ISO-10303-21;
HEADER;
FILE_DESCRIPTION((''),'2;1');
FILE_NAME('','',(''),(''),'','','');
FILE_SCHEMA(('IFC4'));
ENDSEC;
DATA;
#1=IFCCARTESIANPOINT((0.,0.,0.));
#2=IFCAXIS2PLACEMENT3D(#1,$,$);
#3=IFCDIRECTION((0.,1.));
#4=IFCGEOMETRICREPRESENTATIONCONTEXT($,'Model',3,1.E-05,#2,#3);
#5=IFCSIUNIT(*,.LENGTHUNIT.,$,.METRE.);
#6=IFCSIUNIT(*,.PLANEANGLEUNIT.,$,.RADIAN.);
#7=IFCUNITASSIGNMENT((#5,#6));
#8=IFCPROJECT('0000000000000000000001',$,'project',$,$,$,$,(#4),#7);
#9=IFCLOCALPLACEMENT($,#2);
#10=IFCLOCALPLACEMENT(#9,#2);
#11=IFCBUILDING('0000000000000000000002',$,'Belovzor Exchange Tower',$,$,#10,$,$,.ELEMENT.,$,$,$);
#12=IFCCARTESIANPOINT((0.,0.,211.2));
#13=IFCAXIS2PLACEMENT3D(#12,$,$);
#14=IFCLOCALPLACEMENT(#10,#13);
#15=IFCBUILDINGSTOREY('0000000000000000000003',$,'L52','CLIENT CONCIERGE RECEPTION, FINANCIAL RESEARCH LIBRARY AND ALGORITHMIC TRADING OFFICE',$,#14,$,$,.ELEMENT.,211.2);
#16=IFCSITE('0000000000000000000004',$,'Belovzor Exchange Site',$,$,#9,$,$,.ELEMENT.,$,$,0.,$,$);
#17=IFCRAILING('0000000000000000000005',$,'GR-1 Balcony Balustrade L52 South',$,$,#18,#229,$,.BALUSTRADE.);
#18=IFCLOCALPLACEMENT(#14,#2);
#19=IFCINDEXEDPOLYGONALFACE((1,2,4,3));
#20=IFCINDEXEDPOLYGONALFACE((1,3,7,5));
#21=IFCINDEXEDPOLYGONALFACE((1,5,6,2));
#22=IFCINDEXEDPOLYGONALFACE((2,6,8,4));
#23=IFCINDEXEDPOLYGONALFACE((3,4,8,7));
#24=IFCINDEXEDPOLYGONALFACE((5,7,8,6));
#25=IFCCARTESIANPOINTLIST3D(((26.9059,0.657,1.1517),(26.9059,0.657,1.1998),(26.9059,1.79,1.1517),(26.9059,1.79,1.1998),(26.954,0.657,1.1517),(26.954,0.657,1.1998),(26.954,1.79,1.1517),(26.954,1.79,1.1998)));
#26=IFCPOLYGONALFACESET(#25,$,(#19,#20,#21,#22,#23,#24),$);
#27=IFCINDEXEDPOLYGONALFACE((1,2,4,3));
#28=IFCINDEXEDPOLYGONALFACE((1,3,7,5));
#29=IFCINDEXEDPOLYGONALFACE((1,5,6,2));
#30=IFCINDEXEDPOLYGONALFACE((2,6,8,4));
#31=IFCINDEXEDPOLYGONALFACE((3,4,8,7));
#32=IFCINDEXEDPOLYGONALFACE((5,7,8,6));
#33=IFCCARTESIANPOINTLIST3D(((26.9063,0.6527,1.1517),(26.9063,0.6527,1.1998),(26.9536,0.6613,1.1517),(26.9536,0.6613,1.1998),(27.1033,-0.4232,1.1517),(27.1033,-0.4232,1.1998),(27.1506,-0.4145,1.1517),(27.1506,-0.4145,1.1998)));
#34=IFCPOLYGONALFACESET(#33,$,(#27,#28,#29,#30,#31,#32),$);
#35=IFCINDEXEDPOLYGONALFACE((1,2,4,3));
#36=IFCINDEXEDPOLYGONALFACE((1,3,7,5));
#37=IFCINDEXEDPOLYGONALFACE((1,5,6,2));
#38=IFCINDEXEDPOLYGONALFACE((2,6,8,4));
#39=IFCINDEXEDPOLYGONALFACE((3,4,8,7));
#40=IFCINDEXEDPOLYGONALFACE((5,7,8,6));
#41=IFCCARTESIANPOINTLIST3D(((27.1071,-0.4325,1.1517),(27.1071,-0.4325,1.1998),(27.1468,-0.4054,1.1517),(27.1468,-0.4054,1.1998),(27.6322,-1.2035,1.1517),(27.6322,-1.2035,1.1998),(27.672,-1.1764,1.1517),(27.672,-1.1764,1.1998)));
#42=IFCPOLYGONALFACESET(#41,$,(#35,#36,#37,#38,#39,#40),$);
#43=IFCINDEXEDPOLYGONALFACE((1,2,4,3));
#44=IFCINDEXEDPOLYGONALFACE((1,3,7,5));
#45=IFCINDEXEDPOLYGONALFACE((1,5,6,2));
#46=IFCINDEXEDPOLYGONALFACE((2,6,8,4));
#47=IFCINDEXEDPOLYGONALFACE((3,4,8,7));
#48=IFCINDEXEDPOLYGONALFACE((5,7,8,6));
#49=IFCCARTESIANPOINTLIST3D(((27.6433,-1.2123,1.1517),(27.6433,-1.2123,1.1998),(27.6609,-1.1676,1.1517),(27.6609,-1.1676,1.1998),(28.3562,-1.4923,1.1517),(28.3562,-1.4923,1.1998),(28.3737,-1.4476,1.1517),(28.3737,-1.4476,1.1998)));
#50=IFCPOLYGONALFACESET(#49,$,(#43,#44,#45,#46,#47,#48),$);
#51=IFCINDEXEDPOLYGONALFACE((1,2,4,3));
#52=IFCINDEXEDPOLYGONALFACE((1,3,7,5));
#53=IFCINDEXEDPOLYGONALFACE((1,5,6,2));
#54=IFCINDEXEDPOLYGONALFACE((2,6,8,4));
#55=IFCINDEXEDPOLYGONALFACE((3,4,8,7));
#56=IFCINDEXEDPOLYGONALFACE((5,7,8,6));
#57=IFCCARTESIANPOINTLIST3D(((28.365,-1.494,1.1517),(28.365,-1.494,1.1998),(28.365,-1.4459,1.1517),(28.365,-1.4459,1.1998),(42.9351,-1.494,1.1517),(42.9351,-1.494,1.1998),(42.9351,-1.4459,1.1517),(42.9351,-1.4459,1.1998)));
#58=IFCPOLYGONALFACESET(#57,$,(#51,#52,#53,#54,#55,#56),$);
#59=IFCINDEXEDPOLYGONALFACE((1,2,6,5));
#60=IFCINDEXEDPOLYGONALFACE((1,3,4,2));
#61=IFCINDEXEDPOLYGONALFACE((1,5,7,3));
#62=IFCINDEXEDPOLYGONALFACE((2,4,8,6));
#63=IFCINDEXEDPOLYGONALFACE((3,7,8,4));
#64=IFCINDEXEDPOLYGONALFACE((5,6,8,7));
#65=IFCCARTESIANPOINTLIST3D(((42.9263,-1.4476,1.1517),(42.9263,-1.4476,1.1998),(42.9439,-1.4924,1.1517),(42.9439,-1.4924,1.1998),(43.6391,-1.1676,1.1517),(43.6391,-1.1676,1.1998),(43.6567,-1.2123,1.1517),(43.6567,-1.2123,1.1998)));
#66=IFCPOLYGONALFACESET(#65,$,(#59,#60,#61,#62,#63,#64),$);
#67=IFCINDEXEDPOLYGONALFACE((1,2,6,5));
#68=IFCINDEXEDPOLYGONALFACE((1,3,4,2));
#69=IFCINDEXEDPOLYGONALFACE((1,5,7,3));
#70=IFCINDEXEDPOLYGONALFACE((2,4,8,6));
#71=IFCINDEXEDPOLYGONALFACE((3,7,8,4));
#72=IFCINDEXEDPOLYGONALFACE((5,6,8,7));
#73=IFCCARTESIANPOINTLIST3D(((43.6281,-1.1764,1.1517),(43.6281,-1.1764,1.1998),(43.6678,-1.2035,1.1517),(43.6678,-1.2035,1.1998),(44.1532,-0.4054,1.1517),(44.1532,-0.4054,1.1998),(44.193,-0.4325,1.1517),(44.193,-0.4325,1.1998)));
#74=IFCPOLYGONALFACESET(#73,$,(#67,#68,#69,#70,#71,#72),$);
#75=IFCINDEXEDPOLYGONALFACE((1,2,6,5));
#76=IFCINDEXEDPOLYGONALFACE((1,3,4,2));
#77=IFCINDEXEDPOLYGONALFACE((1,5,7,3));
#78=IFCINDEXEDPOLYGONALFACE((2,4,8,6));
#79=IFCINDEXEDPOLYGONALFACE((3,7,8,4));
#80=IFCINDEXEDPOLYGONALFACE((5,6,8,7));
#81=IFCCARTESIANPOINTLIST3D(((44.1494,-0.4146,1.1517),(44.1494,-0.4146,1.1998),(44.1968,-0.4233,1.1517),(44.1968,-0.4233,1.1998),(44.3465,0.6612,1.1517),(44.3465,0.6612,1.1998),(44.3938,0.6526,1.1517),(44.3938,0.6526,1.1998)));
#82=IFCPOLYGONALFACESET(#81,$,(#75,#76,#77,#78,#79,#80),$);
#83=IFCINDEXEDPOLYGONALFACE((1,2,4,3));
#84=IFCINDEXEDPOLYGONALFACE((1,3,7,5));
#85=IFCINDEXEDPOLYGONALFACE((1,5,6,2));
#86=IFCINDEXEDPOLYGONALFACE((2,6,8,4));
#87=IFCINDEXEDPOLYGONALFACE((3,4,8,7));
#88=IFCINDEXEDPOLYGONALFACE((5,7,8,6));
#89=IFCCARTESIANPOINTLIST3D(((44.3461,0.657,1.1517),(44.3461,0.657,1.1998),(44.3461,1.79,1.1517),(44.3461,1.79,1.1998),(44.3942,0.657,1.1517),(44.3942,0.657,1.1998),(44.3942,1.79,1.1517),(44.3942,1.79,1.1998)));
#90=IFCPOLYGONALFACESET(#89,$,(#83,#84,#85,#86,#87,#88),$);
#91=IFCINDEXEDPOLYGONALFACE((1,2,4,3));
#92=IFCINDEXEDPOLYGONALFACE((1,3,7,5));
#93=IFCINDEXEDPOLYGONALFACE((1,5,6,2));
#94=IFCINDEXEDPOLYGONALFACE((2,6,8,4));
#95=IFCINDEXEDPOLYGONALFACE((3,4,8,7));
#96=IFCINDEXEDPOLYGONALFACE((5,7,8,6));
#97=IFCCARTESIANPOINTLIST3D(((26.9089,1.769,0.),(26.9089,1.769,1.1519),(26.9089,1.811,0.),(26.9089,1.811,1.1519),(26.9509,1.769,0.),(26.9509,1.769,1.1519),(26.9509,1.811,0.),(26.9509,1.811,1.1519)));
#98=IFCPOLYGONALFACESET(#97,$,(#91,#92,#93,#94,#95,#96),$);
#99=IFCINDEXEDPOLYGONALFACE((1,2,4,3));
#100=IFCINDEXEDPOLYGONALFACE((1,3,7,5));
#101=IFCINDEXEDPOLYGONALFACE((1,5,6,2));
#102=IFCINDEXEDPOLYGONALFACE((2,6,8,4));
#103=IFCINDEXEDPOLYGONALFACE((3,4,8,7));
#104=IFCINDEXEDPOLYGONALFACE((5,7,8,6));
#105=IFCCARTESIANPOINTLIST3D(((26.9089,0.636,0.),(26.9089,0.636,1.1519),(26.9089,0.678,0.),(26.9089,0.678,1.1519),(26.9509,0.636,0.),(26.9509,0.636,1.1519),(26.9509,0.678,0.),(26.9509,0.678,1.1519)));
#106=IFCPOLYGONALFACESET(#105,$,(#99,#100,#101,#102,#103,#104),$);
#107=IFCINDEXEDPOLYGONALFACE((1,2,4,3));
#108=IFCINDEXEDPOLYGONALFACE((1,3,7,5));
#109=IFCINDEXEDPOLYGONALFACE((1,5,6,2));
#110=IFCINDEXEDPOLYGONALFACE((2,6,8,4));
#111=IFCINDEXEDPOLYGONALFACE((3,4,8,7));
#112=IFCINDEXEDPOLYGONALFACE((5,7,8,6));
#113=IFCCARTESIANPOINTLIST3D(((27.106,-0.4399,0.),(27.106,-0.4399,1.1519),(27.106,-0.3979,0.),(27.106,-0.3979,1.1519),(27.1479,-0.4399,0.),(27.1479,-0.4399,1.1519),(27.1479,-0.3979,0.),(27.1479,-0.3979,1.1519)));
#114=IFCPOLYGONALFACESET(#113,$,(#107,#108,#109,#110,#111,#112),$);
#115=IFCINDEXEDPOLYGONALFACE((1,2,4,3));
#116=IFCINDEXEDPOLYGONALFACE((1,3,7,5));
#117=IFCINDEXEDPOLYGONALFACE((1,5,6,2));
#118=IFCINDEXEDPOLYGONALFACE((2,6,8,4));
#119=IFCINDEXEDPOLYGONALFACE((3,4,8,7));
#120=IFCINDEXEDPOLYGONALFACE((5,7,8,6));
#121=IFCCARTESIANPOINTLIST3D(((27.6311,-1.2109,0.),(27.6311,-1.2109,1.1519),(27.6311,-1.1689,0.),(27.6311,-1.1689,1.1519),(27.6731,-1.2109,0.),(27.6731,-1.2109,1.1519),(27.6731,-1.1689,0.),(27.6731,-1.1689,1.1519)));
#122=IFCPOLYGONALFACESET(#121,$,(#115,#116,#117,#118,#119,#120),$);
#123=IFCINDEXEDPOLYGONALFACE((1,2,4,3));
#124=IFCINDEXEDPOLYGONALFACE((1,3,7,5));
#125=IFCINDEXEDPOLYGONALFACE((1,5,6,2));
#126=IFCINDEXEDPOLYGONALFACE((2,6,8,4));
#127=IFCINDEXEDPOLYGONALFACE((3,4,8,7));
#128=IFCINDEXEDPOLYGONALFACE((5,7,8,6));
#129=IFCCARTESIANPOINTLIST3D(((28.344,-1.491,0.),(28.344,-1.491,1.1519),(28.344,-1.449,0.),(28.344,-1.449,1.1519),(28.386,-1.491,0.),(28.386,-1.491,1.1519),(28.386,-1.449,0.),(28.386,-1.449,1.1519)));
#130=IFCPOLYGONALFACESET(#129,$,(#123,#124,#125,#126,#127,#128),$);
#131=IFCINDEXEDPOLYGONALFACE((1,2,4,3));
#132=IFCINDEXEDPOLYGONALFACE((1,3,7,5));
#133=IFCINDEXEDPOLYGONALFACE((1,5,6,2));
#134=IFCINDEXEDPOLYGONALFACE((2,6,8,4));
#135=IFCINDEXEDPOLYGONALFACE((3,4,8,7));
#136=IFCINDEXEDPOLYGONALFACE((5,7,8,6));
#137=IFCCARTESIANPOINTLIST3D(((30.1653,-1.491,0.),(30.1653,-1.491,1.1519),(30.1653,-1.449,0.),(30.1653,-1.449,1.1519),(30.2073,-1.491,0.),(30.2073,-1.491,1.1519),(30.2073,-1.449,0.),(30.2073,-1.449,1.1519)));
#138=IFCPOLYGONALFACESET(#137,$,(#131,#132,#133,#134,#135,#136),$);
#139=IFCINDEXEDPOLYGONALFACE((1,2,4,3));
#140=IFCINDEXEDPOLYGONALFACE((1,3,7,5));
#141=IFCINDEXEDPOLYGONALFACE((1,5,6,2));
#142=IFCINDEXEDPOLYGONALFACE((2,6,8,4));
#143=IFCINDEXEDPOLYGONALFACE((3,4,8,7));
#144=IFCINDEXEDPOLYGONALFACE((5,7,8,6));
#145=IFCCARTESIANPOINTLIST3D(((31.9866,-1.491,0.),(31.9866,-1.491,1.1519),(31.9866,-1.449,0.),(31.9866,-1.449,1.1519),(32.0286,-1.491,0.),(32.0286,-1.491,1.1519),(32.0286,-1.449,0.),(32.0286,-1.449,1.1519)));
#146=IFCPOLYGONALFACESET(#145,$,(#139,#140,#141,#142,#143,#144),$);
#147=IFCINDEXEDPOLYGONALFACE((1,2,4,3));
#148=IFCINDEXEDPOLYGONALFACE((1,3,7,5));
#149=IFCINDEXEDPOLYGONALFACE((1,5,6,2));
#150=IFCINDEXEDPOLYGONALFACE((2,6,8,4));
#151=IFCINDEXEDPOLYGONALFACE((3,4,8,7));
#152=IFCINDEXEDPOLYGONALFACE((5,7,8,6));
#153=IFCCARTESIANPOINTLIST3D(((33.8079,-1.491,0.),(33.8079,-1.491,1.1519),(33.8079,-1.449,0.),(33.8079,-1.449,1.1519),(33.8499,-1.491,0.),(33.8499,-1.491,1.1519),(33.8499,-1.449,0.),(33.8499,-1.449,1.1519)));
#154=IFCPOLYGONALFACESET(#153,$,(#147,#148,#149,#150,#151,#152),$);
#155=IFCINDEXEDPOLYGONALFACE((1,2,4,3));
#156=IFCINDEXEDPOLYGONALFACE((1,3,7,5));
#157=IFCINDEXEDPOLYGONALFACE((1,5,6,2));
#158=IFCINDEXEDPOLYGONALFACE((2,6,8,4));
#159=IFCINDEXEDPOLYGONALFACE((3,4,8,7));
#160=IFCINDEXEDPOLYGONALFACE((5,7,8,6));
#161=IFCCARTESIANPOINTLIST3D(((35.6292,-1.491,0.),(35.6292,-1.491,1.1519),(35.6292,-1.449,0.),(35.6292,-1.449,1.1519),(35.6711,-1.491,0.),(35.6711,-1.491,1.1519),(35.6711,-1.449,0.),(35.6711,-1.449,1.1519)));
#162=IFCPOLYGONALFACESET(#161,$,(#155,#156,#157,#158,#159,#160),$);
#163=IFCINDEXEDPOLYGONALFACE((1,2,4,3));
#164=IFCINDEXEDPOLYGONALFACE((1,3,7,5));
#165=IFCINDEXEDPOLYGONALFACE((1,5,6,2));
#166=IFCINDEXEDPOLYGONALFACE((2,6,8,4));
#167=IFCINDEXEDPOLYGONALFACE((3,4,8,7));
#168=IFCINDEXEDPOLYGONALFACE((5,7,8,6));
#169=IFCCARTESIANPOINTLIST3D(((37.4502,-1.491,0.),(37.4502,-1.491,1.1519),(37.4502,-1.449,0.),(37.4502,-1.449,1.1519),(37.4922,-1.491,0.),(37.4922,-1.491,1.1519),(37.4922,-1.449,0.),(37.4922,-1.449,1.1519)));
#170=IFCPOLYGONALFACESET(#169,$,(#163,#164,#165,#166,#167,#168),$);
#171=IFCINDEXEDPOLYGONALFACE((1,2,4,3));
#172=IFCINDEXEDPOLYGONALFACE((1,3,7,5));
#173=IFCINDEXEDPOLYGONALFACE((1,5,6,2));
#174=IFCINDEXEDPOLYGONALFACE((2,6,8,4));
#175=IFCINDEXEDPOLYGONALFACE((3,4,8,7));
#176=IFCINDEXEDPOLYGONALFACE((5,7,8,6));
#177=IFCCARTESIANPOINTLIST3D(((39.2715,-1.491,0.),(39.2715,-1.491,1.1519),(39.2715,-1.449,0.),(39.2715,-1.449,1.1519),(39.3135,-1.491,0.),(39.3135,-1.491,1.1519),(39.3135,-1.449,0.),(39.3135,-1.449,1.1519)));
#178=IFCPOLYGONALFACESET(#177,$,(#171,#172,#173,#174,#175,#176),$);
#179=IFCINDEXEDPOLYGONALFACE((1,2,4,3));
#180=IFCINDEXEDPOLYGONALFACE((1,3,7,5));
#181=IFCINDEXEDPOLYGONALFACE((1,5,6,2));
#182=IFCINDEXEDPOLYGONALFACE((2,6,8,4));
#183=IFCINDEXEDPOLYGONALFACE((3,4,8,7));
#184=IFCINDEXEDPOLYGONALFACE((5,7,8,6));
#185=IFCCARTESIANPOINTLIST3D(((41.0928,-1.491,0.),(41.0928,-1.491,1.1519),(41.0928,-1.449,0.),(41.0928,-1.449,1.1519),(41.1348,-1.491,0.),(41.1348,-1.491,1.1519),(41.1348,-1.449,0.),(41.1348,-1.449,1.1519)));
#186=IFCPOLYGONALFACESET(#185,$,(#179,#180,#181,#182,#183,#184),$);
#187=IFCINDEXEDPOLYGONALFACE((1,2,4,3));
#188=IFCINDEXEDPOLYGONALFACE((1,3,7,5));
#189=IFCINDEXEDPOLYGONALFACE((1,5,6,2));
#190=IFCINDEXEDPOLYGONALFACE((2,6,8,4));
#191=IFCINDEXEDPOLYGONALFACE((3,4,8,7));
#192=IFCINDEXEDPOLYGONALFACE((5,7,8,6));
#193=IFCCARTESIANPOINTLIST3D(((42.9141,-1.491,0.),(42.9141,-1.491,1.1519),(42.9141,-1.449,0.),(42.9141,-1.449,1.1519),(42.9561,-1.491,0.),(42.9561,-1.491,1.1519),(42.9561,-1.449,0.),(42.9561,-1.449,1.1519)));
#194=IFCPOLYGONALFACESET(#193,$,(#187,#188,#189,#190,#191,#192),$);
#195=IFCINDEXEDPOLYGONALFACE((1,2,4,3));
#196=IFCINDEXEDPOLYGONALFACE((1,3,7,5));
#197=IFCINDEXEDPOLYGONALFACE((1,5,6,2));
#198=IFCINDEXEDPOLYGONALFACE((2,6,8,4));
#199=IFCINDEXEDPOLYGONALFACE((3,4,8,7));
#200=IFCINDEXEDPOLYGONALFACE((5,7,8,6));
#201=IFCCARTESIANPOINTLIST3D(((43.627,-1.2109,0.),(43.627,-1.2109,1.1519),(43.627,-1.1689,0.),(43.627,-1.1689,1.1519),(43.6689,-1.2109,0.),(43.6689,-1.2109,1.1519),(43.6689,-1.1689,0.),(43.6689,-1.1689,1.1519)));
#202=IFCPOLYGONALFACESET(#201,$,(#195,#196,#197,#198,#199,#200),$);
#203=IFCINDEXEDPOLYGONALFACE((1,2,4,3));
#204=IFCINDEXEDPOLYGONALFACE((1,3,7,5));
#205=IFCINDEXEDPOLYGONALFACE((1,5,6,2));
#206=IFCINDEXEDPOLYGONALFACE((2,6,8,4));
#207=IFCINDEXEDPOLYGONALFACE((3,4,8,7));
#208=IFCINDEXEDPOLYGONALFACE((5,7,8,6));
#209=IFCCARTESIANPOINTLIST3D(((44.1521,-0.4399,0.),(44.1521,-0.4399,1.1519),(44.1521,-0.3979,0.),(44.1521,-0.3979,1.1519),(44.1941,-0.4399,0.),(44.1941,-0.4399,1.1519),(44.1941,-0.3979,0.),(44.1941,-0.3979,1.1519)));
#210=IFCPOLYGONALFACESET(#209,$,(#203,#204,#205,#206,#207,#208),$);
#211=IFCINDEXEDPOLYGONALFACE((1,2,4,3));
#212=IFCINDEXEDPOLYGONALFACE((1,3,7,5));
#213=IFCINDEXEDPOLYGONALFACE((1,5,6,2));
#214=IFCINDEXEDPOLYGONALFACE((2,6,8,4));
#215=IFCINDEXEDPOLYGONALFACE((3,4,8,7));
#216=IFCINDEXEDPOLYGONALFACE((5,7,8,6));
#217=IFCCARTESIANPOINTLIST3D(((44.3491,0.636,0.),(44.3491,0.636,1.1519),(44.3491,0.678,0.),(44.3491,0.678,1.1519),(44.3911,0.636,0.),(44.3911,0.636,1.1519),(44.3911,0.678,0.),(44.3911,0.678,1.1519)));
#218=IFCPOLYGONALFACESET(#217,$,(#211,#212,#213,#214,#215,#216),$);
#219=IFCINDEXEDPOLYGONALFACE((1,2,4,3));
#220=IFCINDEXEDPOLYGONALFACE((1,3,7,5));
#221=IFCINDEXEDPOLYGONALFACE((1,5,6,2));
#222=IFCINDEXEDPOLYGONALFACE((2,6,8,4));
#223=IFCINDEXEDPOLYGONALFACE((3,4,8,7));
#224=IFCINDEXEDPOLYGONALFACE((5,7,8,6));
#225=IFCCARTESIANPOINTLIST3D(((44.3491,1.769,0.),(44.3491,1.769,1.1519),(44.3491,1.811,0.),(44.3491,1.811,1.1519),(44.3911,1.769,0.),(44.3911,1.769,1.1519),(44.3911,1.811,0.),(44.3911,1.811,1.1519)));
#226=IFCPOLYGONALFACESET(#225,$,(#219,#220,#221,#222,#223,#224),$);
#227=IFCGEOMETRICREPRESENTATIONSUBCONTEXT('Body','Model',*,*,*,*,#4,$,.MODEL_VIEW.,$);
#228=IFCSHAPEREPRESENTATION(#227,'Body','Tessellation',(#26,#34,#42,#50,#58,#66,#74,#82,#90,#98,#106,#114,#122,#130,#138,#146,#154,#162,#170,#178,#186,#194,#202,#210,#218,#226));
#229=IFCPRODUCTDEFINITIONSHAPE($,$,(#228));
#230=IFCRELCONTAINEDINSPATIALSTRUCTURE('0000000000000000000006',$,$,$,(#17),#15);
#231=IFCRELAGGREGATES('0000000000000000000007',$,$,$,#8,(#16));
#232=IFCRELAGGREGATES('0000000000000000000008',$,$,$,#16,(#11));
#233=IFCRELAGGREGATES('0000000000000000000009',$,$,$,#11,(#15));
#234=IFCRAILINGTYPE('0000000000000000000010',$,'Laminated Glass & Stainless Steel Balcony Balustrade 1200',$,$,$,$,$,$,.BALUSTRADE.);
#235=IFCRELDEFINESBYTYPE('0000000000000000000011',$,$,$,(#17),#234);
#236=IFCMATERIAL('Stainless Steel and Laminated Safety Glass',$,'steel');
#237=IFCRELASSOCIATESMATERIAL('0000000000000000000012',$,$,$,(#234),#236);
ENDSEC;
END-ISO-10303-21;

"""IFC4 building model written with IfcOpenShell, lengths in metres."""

from ifc_helpers import new_model, si_unit, direction, frame, origin, origin_2d, place, context, subcontext, project, spatial, rectangle, extrude, material, type_object, element, save


model = new_model("IFC4")

# Units and contexts
model_context = context("Model", 3, precision=1e-05, world=origin(), true_north=direction((0.0, 1.0)))
body_context = subcontext(model_context, "Body", "Model", "MODEL_VIEW")
ifc_project = project(units=[si_unit("LENGTHUNIT", "METRE"), si_unit("PLANEANGLEUNIT", "RADIAN")], contexts=[model_context])

# Site, building, storey
site_placement = place(None, origin())
site = spatial("IfcSite", under=ifc_project, at=site_placement, Name="Belovzor Exchange Site", CompositionType="ELEMENT", RefElevation=0.0)
building_placement = place(site_placement, origin())
building = spatial("IfcBuilding", under=site, at=building_placement, Name="Belovzor Exchange Tower", CompositionType="ELEMENT")
storey_placement = place(building_placement, frame((0.0, 0.0, 211.2)))
storey = spatial("IfcBuildingStorey", under=building, at=storey_placement, Name="L52", Description="CLIENT CONCIERGE RECEPTION, FINANCIAL RESEARCH LIBRARY AND ALGORITHMIC TRADING OFFICE", CompositionType="ELEMENT", Elevation=211.2)

# Railing
ifc_material_1 = material(Name="Stainless Steel and Laminated Safety Glass", Category="steel")
railing_type = type_object("IfcRailingType", Name="Laminated Glass & Stainless Steel Balcony Balustrade 1200", PredefinedType="BALUSTRADE", material=ifc_material_1)
railing_placement = place(storey_placement, frame((26.9299, 1.79, 0.0)))
element("IfcRailing", 1, at=railing_placement, inside=storey, type_object=railing_type, Name="GR-1 Balcony Balustrade L52 South", PredefinedType="BALUSTRADE", context=body_context, shape_type="SweptSolid", body=[
    extrude(rectangle(XDim=0.0481, YDim=0.0481, at=origin_2d()), frame((0.0, 0.0, 1.1758), z_axis=(0.0, -1.0, 0.0), x_axis=(1.0, 0.0, 0.0)), (0.0, 0.0, 1.0), 1.1331),
    extrude(rectangle(XDim=0.0481, YDim=0.0481, at=origin_2d()), frame((0.0, -1.1331, 1.1758), z_axis=(0.180123, -0.983644, 0.0), x_axis=(0.983644, 0.180123, 0.0)), (0.0, 0.0, 1.0), 1.0938),
    extrude(rectangle(XDim=0.0481, YDim=0.0481, at=origin_2d()), frame((0.197, -2.209, 1.1758), z_axis=(0.562947, -0.826493, 0.0), x_axis=(0.826493, 0.562947, 0.0)), (0.0, 0.0, 1.0), 0.9329),
    extrude(rectangle(XDim=0.0481, YDim=0.0481, at=origin_2d()), frame((0.7222, -2.98, 1.1758), z_axis=(0.930767, -0.365613, 0.0), x_axis=(0.365613, 0.930767, 0.0)), (0.0, 0.0, 1.0), 0.7659),
    extrude(rectangle(XDim=0.0481, YDim=0.0481, at=origin_2d()), frame((1.4351, -3.26, 1.1758), z_axis=(1.0, 0.0, 0.0), x_axis=(0.0, 1.0, 0.0)), (0.0, 0.0, 1.0), 14.5701),
    extrude(rectangle(XDim=0.0481, YDim=0.0481, at=origin_2d()), frame((16.0051, -3.26, 1.1758), z_axis=(0.930767, 0.365613, 0.0), x_axis=(-0.365613, 0.930767, 0.0)), (0.0, 0.0, 1.0), 0.7659),
    extrude(rectangle(XDim=0.0481, YDim=0.0481, at=origin_2d()), frame((16.718, -2.98, 1.1758), z_axis=(0.562947, 0.826493, 0.0), x_axis=(-0.826493, 0.562947, 0.0)), (0.0, 0.0, 1.0), 0.9329),
    extrude(rectangle(XDim=0.0481, YDim=0.0481, at=origin_2d()), frame((17.2432, -2.209, 1.1758), z_axis=(0.180123, 0.983644, 0.0), x_axis=(-0.983644, 0.180123, 0.0)), (0.0, 0.0, 1.0), 1.0938),
    extrude(rectangle(XDim=0.0481, YDim=0.0481, at=origin_2d()), frame((17.4402, -1.1331, 1.1758), z_axis=(0.0, 1.0, 0.0), x_axis=(-1.0, 0.0, 0.0)), (0.0, 0.0, 1.0), 1.1331),
    extrude(rectangle(XDim=0.042, YDim=0.042, at=origin_2d()), origin(), (0.0, 0.0, 1.0), 1.1519),
    extrude(rectangle(XDim=0.042, YDim=0.042, at=origin_2d()), frame((0.0, -1.1331, 0.0)), (0.0, 0.0, 1.0), 1.1519),
    extrude(rectangle(XDim=0.042, YDim=0.042, at=origin_2d()), frame((0.197, -2.209, 0.0)), (0.0, 0.0, 1.0), 1.1519),
    extrude(rectangle(XDim=0.042, YDim=0.042, at=origin_2d()), frame((0.7222, -2.98, 0.0)), (0.0, 0.0, 1.0), 1.1519),
    extrude(rectangle(XDim=0.042, YDim=0.042, at=origin_2d()), frame((1.4351, -3.26, 0.0)), (0.0, 0.0, 1.0), 1.1519),
    extrude(rectangle(XDim=0.042, YDim=0.042, at=origin_2d()), frame((3.2563, -3.26, 0.0)), (0.0, 0.0, 1.0), 1.1519),
    extrude(rectangle(XDim=0.042, YDim=0.042, at=origin_2d()), frame((5.0776, -3.26, 0.0)), (0.0, 0.0, 1.0), 1.1519),
    extrude(rectangle(XDim=0.042, YDim=0.042, at=origin_2d()), frame((6.8989, -3.26, 0.0)), (0.0, 0.0, 1.0), 1.1519),
    extrude(rectangle(XDim=0.042, YDim=0.042, at=origin_2d()), frame((8.7202, -3.26, 0.0)), (0.0, 0.0, 1.0), 1.1519),
    extrude(rectangle(XDim=0.042, YDim=0.042, at=origin_2d()), frame((10.5413, -3.26, 0.0)), (0.0, 0.0, 1.0), 1.1519),
    extrude(rectangle(XDim=0.042, YDim=0.042, at=origin_2d()), frame((12.3625, -3.26, 0.0)), (0.0, 0.0, 1.0), 1.1519),
    extrude(rectangle(XDim=0.042, YDim=0.042, at=origin_2d()), frame((14.1838, -3.26, 0.0)), (0.0, 0.0, 1.0), 1.1519),
    extrude(rectangle(XDim=0.042, YDim=0.042, at=origin_2d()), frame((16.0051, -3.26, 0.0)), (0.0, 0.0, 1.0), 1.1519),
    extrude(rectangle(XDim=0.042, YDim=0.042, at=origin_2d()), frame((16.718, -2.98, 0.0)), (0.0, 0.0, 1.0), 1.1519),
    extrude(rectangle(XDim=0.042, YDim=0.042, at=origin_2d()), frame((17.2432, -2.209, 0.0)), (0.0, 0.0, 1.0), 1.1519),
    extrude(rectangle(XDim=0.042, YDim=0.042, at=origin_2d()), frame((17.4402, -1.1331, 0.0)), (0.0, 0.0, 1.0), 1.1519),
    extrude(rectangle(XDim=0.042, YDim=0.042, at=origin_2d()), frame((17.4402, 0.0, 0.0)), (0.0, 0.0, 1.0), 1.1519),
])

save(model, "model.ifc")
